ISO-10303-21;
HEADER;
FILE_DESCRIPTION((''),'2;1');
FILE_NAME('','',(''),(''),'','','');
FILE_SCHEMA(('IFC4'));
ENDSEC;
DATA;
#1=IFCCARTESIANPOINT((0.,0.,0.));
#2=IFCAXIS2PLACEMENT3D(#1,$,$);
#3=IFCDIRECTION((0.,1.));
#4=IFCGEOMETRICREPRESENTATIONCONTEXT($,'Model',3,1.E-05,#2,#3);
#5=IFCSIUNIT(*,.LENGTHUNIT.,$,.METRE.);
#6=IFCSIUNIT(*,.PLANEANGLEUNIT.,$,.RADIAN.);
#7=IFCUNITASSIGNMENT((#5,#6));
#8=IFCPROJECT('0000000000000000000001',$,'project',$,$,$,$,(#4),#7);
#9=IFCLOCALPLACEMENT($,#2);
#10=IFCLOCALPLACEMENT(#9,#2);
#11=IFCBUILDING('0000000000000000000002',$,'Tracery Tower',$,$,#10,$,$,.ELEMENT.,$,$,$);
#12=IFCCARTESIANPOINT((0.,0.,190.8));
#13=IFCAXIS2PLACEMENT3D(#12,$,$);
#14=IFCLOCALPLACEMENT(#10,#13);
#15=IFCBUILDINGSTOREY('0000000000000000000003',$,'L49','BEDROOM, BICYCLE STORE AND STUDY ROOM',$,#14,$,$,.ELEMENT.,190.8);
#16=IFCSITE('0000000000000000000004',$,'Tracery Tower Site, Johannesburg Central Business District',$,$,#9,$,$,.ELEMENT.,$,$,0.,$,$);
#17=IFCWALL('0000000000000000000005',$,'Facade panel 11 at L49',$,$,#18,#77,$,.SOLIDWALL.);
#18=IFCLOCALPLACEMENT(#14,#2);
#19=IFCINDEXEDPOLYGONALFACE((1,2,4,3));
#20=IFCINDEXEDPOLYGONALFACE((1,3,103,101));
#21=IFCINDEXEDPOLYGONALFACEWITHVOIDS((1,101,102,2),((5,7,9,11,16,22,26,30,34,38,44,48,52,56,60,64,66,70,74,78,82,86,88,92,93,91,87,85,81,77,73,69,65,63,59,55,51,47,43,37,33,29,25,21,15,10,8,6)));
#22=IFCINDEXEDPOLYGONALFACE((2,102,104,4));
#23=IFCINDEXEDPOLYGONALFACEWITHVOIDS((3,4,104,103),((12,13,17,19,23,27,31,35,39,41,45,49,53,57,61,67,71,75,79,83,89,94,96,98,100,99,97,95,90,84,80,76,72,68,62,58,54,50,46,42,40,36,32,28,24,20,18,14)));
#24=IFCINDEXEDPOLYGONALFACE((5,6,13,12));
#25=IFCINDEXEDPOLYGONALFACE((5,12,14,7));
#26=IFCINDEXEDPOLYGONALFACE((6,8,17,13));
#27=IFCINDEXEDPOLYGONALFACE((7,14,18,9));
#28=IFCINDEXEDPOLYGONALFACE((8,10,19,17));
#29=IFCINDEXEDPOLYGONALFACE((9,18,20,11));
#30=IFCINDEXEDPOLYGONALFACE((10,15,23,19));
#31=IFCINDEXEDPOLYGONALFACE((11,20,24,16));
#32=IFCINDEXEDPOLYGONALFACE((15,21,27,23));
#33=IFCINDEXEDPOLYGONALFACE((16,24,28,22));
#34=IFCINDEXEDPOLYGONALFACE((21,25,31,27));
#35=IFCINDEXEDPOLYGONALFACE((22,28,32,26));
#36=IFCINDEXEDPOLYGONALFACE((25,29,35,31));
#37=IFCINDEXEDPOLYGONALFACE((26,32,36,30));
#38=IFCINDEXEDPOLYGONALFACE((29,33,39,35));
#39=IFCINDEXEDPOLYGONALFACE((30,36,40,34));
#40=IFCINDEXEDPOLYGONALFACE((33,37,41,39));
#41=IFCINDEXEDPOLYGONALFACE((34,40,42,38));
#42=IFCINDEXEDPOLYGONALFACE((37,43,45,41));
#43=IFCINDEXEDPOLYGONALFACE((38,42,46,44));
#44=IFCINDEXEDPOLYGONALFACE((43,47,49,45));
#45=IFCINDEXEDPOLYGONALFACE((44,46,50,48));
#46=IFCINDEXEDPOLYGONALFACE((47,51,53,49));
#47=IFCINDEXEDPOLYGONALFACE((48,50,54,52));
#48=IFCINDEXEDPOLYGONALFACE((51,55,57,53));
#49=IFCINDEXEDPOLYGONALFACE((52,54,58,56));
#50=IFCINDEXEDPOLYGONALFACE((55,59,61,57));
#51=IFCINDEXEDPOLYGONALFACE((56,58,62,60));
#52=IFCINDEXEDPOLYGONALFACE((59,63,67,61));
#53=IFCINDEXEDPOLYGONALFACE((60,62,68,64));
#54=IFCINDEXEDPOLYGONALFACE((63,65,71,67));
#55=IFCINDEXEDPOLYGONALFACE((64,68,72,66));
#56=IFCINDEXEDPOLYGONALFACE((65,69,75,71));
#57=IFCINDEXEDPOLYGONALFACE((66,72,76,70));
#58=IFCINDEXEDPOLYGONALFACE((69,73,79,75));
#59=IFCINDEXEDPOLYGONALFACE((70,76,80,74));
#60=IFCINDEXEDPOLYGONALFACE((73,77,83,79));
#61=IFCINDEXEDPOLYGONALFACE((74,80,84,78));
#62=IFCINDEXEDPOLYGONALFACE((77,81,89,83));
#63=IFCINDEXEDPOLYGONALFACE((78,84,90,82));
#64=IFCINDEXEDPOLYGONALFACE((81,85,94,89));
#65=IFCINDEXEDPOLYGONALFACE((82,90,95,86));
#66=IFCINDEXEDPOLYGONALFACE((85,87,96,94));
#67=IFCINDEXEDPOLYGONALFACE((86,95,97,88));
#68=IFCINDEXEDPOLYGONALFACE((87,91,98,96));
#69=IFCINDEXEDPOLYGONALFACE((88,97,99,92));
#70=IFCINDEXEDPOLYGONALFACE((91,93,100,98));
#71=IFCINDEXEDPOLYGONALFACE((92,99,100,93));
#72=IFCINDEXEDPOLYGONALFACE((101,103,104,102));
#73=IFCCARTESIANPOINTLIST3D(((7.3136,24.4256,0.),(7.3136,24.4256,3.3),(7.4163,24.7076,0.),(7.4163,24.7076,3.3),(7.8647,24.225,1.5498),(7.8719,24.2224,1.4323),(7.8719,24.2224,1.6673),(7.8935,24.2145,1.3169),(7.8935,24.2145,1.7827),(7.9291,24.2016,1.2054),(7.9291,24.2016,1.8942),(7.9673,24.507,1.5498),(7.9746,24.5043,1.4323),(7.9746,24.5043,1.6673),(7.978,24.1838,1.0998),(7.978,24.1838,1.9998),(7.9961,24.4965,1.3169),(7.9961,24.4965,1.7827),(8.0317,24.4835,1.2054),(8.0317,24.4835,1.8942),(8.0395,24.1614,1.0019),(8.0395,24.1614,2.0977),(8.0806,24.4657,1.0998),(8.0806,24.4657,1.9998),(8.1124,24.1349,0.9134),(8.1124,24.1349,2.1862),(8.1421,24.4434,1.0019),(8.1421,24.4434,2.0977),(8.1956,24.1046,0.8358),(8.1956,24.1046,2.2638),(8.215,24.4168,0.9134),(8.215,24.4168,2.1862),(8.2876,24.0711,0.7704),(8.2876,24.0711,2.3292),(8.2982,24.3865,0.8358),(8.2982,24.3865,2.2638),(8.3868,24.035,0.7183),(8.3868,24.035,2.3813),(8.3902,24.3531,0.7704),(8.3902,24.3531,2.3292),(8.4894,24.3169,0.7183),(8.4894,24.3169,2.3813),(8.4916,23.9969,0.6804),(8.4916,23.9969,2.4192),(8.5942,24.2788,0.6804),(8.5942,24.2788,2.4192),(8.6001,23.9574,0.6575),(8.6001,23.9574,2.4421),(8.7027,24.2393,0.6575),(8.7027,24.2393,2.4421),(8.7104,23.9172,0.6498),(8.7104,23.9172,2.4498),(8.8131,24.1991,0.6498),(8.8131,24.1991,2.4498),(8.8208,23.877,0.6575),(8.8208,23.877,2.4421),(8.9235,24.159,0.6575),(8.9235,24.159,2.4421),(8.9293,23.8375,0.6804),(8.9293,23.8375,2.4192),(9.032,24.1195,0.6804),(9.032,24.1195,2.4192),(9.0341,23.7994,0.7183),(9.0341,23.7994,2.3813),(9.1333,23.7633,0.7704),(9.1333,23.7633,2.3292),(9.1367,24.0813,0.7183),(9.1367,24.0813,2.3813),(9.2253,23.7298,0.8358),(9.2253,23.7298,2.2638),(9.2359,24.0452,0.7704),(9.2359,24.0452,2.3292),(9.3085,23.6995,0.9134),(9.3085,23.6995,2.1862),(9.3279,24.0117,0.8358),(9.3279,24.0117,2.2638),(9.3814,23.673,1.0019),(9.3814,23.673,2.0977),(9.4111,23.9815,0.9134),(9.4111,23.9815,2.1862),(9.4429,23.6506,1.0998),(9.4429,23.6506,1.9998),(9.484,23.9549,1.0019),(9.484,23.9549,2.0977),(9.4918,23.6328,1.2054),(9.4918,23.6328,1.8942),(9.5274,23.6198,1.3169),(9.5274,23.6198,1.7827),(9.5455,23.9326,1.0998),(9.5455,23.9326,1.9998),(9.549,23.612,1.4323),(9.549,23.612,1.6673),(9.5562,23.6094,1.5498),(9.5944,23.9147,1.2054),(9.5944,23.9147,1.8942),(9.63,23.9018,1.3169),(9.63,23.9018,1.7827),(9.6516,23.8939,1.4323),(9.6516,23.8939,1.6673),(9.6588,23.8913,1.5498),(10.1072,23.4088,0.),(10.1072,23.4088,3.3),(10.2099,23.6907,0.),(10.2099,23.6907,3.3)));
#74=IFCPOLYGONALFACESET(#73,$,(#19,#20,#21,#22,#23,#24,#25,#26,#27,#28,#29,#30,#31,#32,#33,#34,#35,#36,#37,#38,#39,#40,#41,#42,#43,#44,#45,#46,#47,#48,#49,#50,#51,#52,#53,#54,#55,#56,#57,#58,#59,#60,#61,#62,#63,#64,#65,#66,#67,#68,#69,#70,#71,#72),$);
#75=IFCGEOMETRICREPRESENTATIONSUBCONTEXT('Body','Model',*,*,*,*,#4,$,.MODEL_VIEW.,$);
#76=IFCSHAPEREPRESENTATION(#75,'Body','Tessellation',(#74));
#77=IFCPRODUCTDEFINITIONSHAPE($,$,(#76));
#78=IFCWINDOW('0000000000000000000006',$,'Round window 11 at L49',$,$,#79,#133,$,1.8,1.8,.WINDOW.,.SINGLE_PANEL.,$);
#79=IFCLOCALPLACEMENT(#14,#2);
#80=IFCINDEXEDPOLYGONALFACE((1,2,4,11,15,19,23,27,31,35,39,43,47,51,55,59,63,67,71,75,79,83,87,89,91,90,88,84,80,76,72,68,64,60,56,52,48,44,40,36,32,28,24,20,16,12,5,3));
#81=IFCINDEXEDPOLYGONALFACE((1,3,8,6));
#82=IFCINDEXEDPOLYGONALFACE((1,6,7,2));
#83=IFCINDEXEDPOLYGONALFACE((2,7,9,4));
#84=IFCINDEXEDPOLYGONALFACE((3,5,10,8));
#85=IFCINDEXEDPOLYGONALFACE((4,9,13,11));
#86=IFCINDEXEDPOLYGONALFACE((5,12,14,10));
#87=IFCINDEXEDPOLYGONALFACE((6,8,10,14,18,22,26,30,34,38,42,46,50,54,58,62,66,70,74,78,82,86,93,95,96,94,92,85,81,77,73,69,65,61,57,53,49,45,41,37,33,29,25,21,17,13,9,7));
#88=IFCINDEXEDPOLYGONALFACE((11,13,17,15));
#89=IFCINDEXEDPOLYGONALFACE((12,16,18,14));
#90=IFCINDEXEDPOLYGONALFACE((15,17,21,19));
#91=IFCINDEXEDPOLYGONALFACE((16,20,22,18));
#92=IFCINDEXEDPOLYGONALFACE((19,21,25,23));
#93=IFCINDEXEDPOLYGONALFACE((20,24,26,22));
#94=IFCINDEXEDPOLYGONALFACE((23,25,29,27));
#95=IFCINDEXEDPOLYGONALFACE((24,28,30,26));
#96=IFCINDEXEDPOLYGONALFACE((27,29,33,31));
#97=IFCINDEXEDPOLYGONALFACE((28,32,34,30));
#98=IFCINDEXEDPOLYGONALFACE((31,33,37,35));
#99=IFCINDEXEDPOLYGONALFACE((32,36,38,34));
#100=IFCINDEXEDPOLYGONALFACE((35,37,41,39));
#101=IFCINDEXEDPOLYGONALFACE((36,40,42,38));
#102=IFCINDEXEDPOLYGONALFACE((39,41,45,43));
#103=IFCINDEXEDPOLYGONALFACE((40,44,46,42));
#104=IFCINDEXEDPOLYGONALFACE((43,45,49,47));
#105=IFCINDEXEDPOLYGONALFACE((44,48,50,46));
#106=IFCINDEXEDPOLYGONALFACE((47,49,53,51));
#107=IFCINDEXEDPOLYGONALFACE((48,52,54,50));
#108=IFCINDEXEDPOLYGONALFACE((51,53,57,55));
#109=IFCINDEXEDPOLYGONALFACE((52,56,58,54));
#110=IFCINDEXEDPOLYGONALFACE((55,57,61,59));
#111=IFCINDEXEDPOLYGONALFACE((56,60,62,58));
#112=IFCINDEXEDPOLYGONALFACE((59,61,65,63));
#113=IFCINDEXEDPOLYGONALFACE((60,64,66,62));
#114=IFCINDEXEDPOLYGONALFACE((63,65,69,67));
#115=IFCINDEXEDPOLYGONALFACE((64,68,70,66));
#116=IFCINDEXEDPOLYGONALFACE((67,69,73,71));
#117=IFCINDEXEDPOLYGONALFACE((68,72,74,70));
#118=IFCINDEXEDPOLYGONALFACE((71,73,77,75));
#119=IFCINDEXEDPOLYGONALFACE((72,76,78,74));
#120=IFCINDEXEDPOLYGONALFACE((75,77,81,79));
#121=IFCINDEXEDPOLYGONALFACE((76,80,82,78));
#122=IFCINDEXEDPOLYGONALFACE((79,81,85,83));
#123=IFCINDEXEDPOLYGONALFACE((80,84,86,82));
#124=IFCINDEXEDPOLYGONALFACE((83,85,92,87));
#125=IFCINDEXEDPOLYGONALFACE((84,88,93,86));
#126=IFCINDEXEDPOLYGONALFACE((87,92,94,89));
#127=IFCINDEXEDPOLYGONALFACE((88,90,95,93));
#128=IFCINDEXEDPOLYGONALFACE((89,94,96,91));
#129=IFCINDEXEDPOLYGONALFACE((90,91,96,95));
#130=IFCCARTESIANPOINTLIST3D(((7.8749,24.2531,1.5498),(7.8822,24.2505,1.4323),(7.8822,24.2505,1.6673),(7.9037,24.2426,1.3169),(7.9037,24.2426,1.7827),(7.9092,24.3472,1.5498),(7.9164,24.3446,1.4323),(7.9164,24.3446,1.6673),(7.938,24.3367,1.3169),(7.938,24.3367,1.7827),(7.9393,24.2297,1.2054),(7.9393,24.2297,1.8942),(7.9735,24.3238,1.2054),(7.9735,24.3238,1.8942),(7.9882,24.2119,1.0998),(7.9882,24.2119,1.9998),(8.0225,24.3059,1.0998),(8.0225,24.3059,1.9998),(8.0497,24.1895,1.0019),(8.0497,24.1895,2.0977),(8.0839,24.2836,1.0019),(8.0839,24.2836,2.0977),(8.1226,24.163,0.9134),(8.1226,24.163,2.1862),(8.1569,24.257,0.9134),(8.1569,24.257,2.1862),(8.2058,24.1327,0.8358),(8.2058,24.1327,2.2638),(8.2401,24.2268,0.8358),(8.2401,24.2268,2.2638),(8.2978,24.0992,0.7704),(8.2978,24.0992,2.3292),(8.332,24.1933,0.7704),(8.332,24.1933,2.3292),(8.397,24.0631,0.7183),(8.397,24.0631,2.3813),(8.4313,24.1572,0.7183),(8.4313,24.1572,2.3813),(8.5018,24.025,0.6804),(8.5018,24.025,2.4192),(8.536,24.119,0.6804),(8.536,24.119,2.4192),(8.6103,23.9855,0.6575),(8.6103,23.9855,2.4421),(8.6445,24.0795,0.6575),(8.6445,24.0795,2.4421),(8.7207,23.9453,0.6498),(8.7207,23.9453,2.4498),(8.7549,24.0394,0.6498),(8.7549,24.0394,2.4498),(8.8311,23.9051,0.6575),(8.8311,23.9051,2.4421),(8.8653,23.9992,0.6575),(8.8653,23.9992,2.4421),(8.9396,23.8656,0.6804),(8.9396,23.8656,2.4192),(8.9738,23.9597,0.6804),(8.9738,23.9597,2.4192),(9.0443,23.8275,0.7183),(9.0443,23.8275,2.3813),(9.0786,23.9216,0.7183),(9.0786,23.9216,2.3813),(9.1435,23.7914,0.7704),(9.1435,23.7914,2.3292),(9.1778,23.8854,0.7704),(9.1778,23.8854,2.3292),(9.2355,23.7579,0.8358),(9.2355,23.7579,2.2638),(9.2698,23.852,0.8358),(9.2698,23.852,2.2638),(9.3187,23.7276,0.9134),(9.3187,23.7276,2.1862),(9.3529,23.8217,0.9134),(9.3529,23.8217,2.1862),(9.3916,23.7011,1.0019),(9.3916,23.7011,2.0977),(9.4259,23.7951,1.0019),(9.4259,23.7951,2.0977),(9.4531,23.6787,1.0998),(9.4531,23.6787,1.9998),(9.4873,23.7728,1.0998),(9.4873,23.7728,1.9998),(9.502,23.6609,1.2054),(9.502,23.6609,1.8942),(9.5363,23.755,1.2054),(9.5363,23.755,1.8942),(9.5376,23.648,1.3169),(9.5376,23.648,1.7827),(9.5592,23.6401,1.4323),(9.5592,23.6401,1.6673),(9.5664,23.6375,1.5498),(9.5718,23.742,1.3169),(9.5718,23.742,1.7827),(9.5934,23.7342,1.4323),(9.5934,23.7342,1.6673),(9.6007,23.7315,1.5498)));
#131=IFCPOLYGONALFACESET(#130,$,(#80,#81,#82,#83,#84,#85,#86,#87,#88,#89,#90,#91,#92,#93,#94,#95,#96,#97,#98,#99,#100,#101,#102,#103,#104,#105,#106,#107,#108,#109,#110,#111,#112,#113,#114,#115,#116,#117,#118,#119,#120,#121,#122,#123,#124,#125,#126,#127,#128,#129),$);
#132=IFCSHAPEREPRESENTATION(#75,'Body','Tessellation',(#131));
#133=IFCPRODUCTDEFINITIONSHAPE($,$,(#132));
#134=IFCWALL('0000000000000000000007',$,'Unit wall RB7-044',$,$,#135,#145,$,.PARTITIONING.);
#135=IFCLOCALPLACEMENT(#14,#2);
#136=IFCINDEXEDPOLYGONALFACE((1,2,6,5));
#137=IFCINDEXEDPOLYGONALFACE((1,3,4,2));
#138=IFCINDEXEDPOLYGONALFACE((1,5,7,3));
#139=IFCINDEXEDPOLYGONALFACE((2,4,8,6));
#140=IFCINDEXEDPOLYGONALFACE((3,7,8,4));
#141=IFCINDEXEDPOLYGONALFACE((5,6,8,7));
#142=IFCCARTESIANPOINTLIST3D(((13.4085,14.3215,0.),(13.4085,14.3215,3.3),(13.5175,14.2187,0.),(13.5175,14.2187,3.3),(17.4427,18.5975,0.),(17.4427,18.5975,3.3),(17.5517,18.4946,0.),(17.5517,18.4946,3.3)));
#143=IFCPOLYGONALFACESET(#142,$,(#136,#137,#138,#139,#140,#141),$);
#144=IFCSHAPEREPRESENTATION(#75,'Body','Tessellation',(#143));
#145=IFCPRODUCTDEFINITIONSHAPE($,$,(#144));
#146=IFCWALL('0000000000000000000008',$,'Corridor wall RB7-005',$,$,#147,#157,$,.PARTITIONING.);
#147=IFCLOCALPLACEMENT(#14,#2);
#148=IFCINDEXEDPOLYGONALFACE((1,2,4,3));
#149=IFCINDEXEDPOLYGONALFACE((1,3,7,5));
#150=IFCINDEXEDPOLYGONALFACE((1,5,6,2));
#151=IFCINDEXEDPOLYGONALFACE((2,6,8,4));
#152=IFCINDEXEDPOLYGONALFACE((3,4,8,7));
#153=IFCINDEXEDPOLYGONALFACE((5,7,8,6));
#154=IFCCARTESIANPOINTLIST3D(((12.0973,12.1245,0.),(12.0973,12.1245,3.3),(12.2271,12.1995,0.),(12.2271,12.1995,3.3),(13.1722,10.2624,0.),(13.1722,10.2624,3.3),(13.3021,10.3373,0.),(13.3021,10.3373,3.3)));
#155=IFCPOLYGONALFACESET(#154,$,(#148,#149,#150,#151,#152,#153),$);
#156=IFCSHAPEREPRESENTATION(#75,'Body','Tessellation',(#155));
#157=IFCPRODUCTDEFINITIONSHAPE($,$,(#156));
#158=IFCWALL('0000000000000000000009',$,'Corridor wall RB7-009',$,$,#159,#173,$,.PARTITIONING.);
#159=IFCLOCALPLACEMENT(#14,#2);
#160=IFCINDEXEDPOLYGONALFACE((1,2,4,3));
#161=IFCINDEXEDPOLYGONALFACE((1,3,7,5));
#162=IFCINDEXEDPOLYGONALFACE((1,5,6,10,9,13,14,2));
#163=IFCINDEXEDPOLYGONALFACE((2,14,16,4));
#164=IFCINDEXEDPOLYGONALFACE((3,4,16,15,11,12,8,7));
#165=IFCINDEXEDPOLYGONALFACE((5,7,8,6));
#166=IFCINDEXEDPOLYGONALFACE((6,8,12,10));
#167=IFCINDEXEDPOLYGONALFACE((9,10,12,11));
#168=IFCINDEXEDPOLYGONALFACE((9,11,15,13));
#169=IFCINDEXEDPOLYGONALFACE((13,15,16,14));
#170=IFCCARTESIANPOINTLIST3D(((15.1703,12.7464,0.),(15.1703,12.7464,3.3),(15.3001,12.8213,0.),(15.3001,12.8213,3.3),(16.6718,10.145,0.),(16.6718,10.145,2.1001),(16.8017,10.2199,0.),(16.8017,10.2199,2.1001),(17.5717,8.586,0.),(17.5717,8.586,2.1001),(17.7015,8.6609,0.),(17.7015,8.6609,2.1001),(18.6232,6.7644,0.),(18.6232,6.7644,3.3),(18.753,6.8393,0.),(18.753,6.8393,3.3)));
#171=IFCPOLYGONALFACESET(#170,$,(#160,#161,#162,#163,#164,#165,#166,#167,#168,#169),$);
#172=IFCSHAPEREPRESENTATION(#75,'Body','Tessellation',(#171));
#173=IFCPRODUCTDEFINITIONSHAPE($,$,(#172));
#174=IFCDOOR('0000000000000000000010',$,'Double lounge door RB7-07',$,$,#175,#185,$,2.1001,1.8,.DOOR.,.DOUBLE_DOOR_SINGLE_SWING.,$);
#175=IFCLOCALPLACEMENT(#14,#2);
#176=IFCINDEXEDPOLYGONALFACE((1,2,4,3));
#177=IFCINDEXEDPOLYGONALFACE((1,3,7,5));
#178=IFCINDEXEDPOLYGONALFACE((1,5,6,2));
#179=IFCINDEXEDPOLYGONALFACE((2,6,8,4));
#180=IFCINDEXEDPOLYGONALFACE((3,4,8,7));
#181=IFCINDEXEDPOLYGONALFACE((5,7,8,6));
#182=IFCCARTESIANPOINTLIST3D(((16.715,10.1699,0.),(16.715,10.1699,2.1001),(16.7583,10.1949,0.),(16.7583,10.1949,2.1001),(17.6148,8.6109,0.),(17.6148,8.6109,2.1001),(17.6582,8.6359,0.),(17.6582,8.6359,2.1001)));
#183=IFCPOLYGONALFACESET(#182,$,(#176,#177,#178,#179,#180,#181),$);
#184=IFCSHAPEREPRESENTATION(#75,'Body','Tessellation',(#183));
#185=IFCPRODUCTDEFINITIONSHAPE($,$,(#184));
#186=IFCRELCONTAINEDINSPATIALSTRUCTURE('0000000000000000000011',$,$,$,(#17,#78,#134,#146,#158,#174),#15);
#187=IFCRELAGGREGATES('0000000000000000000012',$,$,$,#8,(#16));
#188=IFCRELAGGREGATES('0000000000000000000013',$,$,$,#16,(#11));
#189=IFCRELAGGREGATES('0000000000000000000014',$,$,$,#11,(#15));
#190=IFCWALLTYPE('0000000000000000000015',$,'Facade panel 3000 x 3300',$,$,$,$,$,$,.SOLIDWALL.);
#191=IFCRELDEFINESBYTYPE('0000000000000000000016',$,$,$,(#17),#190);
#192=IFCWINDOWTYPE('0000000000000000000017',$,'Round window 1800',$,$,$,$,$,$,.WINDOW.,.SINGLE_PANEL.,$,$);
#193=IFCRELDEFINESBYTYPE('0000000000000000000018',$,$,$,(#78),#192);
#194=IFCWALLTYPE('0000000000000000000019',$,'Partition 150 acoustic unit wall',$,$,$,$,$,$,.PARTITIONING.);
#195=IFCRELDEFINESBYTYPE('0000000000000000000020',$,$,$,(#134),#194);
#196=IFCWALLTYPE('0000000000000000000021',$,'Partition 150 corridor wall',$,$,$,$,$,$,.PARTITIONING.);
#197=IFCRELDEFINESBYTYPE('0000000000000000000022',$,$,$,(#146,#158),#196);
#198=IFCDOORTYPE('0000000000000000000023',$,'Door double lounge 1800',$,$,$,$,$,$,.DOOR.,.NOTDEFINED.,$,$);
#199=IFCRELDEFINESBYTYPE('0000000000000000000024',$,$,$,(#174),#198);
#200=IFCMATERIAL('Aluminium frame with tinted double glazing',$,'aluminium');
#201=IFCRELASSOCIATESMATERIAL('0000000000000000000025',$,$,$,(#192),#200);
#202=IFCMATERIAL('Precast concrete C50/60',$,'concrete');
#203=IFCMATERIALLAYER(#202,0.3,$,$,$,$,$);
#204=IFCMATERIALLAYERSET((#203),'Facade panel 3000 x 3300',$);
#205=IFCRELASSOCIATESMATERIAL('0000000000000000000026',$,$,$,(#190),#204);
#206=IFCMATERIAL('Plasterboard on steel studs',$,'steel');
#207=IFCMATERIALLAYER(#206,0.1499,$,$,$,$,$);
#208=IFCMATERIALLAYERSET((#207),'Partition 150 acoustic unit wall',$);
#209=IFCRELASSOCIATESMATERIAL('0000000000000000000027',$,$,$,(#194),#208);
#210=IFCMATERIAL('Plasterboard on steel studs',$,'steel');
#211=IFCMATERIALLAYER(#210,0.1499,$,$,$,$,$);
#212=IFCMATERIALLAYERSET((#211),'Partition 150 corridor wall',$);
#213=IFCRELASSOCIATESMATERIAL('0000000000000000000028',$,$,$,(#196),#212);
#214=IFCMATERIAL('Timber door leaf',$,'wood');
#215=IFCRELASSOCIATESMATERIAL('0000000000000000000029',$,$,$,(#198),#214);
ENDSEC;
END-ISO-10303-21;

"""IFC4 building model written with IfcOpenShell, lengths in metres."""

from ifc_helpers import new_model, si_unit, direction, frame, frame_2d, origin, origin_2d, place, context, subcontext, project, spatial, rectangle, circle, extrude, material, layer, layer_set, type_object, element, fill, save


model = new_model("IFC4")

# Units and contexts
model_context = context("Model", 3, precision=1e-05, world=origin(), true_north=direction((0.0, 1.0)))
body_context = subcontext(model_context, "Body", "Model", "MODEL_VIEW")
ifc_project = project(units=[si_unit("LENGTHUNIT", "METRE"), si_unit("PLANEANGLEUNIT", "RADIAN")], contexts=[model_context])

# Site, building, storey
site_placement = place(None, origin())
site = spatial("IfcSite", under=ifc_project, at=site_placement, Name="Tracery Tower Site, Johannesburg Central Business District", CompositionType="ELEMENT", RefElevation=0.0)
building_placement = place(site_placement, origin())
building = spatial("IfcBuilding", under=site, at=building_placement, Name="Tracery Tower", CompositionType="ELEMENT")
storey_placement = place(building_placement, frame((0.0, 0.0, 190.8)))
storey = spatial("IfcBuildingStorey", under=building, at=storey_placement, Name="L49", Description="BEDROOM, BICYCLE STORE AND STUDY ROOM", CompositionType="ELEMENT", Elevation=190.8)

# Wall, opening, window
ifc_material_1 = material(Name="Aluminium frame with tinted double glazing", Category="aluminium")
window_type = type_object("IfcWindowType", Name="Round window 1800", PartitioningType="SINGLE_PANEL", PredefinedType="WINDOW", material=ifc_material_1)
ifc_material_2 = material(Name="Precast concrete C50/60", Category="concrete")
ifc_layer_1 = layer(ifc_material_2, 0.3)
ifc_layer_set_1 = layer_set([ifc_layer_1], Name="Facade panel 3000 x 3300")
wall_type_1 = type_object("IfcWallType", Name="Facade panel 3000 x 3300", PredefinedType="SOLIDWALL", material=ifc_layer_set_1)
wall_1_placement = place(storey_placement, frame((10.1584, 23.5498, 0.0), z_axis=(0.0, 0.0, 1.0), x_axis=(-0.93969, 0.342027, 0.0)))
wall_1 = element("IfcWall", 1, at=wall_1_placement, inside=storey, type_object=wall_type_1, Name="Facade panel 11 at L49", PredefinedType="SOLIDWALL", context=body_context, shape_type="SweptSolid", body=[
    extrude(rectangle(XDim=2.9729, YDim=0.3, at=frame_2d((1.4863, 0.0))), origin(), (0.0, 0.0, 1.0), 3.3),
])
opening_1_placement = place(wall_1_placement, frame((1.4863, 0.0, 1.5498)))
opening_1 = element("IfcOpeningElement", 2, at=opening_1_placement, cuts=wall_1, PredefinedType="OPENING", context=body_context, shape_type="SweptSolid", body=[
    extrude(circle(Radius=0.9, at=origin_2d()), frame((0.0, 0.1599, 0.0), z_axis=(0.0, -1.0, 0.0), x_axis=(1.0, 0.0, 0.0)), (0.0, 0.0, 1.0), 0.3201),
])
window_1_placement = place(opening_1_placement, origin())
window_1 = element("IfcWindow", 3, at=window_1_placement, inside=storey, type_object=window_type, Name="Round window 11 at L49", OverallHeight=1.8, OverallWidth=1.8, PartitioningType="SINGLE_PANEL", PredefinedType="WINDOW", context=body_context, shape_type="SweptSolid", body=[
    extrude(circle(Radius=0.9, at=origin_2d()), frame((0.0, 0.1201, 0.0), z_axis=(0.0, -1.0, 0.0), x_axis=(1.0, 0.0, 0.0)), (0.0, 0.0, 1.0), 0.1001),
])
fill(opening_1, window_1)

# Walls
ifc_material_3 = material(Name="Plasterboard on steel studs", Category="steel")
ifc_layer_2 = layer(ifc_material_3, 0.1499)
ifc_layer_set_2 = layer_set([ifc_layer_2], Name="Partition 150 acoustic unit wall")
wall_type_2 = type_object("IfcWallType", Name="Partition 150 acoustic unit wall", PredefinedType="PARTITIONING", material=ifc_layer_set_2)
wall_2_placement = place(storey_placement, frame((13.4629, 14.27, 0.0), z_axis=(0.0, 0.0, 1.0), x_axis=(0.68625, 0.727365, 0.0)))
element("IfcWall", 4, at=wall_2_placement, inside=storey, type_object=wall_type_2, Name="Unit wall RB7-044", PredefinedType="PARTITIONING", context=body_context, shape_type="SweptSolid", body=[
    extrude(rectangle(XDim=5.8787, YDim=0.1499, at=frame_2d((2.9395, 0.0))), origin(), (0.0, 0.0, 1.0), 3.3),
])
ifc_material_4 = material(Name="Plasterboard on steel studs", Category="steel")
ifc_layer_3 = layer(ifc_material_4, 0.1499)
ifc_layer_set_3 = layer_set([ifc_layer_3], Name="Partition 150 corridor wall")
wall_type_3 = type_object("IfcWallType", Name="Partition 150 corridor wall", PredefinedType="PARTITIONING", material=ifc_layer_set_3)
wall_3_placement = place(storey_placement, frame((12.1621, 12.1621, 0.0), z_axis=(0.0, 0.0, 1.0), x_axis=(0.499962, -0.866048, 0.0)))
element("IfcWall", 5, at=wall_3_placement, inside=storey, type_object=wall_type_3, Name="Corridor wall RB7-005", PredefinedType="PARTITIONING", context=body_context, shape_type="SweptSolid", body=[
    extrude(rectangle(XDim=2.1501, YDim=0.1499, at=frame_2d((1.0752, 0.0))), origin(), (0.0, 0.0, 1.0), 3.3),
])

# Wall, opening, door
wall_4_placement = place(storey_placement, frame((15.2351, 12.7839, 0.0), z_axis=(0.0, 0.0, 1.0), x_axis=(0.499914, -0.866075, 0.0)))
wall_4 = element("IfcWall", 6, at=wall_4_placement, inside=storey, type_object=wall_type_3, Name="Corridor wall RB7-009", PredefinedType="PARTITIONING", context=body_context, shape_type="SweptSolid", body=[
    extrude(rectangle(XDim=6.907, YDim=0.1499, at=frame_2d((3.4536, 0.0))), origin(), (0.0, 0.0, 1.0), 3.3),
])
opening_2_placement = place(wall_4_placement, frame((3.0039, 0.0, 0.0)))
opening_2 = element("IfcOpeningElement", 7, at=opening_2_placement, cuts=wall_4, PredefinedType="OPENING", context=body_context, shape_type="SweptSolid", body=[
    extrude(rectangle(XDim=1.8, YDim=2.1001, at=frame_2d((0.8999, 1.05))), frame((0.0, 0.075, 0.0), z_axis=(0.0, -1.0, 0.0), x_axis=(1.0, 0.0, 0.0)), (0.0, 0.0, 1.0), 0.1499),
])
ifc_material_5 = material(Name="Timber door leaf", Category="wood")
door_type = type_object("IfcDoorType", Name="Door double lounge 1800", OperationType="NOTDEFINED", PredefinedType="DOOR", material=ifc_material_5)
door_placement = place(opening_2_placement, origin())
door = element("IfcDoor", 8, at=door_placement, inside=storey, type_object=door_type, Name="Double lounge door RB7-07", OperationType="DOUBLE_DOOR_SINGLE_SWING", OverallHeight=2.1001, OverallWidth=1.8, PredefinedType="DOOR", context=body_context, shape_type="SweptSolid", body=[
    extrude(rectangle(XDim=1.8, YDim=2.1001, at=frame_2d((0.8999, 1.05))), frame((0.0, 0.0249, 0.0), z_axis=(0.0, -1.0, 0.0), x_axis=(1.0, 0.0, 0.0)), (0.0, 0.0, 1.0), 0.05),
])
fill(opening_2, door)

save(model, "model.ifc")
